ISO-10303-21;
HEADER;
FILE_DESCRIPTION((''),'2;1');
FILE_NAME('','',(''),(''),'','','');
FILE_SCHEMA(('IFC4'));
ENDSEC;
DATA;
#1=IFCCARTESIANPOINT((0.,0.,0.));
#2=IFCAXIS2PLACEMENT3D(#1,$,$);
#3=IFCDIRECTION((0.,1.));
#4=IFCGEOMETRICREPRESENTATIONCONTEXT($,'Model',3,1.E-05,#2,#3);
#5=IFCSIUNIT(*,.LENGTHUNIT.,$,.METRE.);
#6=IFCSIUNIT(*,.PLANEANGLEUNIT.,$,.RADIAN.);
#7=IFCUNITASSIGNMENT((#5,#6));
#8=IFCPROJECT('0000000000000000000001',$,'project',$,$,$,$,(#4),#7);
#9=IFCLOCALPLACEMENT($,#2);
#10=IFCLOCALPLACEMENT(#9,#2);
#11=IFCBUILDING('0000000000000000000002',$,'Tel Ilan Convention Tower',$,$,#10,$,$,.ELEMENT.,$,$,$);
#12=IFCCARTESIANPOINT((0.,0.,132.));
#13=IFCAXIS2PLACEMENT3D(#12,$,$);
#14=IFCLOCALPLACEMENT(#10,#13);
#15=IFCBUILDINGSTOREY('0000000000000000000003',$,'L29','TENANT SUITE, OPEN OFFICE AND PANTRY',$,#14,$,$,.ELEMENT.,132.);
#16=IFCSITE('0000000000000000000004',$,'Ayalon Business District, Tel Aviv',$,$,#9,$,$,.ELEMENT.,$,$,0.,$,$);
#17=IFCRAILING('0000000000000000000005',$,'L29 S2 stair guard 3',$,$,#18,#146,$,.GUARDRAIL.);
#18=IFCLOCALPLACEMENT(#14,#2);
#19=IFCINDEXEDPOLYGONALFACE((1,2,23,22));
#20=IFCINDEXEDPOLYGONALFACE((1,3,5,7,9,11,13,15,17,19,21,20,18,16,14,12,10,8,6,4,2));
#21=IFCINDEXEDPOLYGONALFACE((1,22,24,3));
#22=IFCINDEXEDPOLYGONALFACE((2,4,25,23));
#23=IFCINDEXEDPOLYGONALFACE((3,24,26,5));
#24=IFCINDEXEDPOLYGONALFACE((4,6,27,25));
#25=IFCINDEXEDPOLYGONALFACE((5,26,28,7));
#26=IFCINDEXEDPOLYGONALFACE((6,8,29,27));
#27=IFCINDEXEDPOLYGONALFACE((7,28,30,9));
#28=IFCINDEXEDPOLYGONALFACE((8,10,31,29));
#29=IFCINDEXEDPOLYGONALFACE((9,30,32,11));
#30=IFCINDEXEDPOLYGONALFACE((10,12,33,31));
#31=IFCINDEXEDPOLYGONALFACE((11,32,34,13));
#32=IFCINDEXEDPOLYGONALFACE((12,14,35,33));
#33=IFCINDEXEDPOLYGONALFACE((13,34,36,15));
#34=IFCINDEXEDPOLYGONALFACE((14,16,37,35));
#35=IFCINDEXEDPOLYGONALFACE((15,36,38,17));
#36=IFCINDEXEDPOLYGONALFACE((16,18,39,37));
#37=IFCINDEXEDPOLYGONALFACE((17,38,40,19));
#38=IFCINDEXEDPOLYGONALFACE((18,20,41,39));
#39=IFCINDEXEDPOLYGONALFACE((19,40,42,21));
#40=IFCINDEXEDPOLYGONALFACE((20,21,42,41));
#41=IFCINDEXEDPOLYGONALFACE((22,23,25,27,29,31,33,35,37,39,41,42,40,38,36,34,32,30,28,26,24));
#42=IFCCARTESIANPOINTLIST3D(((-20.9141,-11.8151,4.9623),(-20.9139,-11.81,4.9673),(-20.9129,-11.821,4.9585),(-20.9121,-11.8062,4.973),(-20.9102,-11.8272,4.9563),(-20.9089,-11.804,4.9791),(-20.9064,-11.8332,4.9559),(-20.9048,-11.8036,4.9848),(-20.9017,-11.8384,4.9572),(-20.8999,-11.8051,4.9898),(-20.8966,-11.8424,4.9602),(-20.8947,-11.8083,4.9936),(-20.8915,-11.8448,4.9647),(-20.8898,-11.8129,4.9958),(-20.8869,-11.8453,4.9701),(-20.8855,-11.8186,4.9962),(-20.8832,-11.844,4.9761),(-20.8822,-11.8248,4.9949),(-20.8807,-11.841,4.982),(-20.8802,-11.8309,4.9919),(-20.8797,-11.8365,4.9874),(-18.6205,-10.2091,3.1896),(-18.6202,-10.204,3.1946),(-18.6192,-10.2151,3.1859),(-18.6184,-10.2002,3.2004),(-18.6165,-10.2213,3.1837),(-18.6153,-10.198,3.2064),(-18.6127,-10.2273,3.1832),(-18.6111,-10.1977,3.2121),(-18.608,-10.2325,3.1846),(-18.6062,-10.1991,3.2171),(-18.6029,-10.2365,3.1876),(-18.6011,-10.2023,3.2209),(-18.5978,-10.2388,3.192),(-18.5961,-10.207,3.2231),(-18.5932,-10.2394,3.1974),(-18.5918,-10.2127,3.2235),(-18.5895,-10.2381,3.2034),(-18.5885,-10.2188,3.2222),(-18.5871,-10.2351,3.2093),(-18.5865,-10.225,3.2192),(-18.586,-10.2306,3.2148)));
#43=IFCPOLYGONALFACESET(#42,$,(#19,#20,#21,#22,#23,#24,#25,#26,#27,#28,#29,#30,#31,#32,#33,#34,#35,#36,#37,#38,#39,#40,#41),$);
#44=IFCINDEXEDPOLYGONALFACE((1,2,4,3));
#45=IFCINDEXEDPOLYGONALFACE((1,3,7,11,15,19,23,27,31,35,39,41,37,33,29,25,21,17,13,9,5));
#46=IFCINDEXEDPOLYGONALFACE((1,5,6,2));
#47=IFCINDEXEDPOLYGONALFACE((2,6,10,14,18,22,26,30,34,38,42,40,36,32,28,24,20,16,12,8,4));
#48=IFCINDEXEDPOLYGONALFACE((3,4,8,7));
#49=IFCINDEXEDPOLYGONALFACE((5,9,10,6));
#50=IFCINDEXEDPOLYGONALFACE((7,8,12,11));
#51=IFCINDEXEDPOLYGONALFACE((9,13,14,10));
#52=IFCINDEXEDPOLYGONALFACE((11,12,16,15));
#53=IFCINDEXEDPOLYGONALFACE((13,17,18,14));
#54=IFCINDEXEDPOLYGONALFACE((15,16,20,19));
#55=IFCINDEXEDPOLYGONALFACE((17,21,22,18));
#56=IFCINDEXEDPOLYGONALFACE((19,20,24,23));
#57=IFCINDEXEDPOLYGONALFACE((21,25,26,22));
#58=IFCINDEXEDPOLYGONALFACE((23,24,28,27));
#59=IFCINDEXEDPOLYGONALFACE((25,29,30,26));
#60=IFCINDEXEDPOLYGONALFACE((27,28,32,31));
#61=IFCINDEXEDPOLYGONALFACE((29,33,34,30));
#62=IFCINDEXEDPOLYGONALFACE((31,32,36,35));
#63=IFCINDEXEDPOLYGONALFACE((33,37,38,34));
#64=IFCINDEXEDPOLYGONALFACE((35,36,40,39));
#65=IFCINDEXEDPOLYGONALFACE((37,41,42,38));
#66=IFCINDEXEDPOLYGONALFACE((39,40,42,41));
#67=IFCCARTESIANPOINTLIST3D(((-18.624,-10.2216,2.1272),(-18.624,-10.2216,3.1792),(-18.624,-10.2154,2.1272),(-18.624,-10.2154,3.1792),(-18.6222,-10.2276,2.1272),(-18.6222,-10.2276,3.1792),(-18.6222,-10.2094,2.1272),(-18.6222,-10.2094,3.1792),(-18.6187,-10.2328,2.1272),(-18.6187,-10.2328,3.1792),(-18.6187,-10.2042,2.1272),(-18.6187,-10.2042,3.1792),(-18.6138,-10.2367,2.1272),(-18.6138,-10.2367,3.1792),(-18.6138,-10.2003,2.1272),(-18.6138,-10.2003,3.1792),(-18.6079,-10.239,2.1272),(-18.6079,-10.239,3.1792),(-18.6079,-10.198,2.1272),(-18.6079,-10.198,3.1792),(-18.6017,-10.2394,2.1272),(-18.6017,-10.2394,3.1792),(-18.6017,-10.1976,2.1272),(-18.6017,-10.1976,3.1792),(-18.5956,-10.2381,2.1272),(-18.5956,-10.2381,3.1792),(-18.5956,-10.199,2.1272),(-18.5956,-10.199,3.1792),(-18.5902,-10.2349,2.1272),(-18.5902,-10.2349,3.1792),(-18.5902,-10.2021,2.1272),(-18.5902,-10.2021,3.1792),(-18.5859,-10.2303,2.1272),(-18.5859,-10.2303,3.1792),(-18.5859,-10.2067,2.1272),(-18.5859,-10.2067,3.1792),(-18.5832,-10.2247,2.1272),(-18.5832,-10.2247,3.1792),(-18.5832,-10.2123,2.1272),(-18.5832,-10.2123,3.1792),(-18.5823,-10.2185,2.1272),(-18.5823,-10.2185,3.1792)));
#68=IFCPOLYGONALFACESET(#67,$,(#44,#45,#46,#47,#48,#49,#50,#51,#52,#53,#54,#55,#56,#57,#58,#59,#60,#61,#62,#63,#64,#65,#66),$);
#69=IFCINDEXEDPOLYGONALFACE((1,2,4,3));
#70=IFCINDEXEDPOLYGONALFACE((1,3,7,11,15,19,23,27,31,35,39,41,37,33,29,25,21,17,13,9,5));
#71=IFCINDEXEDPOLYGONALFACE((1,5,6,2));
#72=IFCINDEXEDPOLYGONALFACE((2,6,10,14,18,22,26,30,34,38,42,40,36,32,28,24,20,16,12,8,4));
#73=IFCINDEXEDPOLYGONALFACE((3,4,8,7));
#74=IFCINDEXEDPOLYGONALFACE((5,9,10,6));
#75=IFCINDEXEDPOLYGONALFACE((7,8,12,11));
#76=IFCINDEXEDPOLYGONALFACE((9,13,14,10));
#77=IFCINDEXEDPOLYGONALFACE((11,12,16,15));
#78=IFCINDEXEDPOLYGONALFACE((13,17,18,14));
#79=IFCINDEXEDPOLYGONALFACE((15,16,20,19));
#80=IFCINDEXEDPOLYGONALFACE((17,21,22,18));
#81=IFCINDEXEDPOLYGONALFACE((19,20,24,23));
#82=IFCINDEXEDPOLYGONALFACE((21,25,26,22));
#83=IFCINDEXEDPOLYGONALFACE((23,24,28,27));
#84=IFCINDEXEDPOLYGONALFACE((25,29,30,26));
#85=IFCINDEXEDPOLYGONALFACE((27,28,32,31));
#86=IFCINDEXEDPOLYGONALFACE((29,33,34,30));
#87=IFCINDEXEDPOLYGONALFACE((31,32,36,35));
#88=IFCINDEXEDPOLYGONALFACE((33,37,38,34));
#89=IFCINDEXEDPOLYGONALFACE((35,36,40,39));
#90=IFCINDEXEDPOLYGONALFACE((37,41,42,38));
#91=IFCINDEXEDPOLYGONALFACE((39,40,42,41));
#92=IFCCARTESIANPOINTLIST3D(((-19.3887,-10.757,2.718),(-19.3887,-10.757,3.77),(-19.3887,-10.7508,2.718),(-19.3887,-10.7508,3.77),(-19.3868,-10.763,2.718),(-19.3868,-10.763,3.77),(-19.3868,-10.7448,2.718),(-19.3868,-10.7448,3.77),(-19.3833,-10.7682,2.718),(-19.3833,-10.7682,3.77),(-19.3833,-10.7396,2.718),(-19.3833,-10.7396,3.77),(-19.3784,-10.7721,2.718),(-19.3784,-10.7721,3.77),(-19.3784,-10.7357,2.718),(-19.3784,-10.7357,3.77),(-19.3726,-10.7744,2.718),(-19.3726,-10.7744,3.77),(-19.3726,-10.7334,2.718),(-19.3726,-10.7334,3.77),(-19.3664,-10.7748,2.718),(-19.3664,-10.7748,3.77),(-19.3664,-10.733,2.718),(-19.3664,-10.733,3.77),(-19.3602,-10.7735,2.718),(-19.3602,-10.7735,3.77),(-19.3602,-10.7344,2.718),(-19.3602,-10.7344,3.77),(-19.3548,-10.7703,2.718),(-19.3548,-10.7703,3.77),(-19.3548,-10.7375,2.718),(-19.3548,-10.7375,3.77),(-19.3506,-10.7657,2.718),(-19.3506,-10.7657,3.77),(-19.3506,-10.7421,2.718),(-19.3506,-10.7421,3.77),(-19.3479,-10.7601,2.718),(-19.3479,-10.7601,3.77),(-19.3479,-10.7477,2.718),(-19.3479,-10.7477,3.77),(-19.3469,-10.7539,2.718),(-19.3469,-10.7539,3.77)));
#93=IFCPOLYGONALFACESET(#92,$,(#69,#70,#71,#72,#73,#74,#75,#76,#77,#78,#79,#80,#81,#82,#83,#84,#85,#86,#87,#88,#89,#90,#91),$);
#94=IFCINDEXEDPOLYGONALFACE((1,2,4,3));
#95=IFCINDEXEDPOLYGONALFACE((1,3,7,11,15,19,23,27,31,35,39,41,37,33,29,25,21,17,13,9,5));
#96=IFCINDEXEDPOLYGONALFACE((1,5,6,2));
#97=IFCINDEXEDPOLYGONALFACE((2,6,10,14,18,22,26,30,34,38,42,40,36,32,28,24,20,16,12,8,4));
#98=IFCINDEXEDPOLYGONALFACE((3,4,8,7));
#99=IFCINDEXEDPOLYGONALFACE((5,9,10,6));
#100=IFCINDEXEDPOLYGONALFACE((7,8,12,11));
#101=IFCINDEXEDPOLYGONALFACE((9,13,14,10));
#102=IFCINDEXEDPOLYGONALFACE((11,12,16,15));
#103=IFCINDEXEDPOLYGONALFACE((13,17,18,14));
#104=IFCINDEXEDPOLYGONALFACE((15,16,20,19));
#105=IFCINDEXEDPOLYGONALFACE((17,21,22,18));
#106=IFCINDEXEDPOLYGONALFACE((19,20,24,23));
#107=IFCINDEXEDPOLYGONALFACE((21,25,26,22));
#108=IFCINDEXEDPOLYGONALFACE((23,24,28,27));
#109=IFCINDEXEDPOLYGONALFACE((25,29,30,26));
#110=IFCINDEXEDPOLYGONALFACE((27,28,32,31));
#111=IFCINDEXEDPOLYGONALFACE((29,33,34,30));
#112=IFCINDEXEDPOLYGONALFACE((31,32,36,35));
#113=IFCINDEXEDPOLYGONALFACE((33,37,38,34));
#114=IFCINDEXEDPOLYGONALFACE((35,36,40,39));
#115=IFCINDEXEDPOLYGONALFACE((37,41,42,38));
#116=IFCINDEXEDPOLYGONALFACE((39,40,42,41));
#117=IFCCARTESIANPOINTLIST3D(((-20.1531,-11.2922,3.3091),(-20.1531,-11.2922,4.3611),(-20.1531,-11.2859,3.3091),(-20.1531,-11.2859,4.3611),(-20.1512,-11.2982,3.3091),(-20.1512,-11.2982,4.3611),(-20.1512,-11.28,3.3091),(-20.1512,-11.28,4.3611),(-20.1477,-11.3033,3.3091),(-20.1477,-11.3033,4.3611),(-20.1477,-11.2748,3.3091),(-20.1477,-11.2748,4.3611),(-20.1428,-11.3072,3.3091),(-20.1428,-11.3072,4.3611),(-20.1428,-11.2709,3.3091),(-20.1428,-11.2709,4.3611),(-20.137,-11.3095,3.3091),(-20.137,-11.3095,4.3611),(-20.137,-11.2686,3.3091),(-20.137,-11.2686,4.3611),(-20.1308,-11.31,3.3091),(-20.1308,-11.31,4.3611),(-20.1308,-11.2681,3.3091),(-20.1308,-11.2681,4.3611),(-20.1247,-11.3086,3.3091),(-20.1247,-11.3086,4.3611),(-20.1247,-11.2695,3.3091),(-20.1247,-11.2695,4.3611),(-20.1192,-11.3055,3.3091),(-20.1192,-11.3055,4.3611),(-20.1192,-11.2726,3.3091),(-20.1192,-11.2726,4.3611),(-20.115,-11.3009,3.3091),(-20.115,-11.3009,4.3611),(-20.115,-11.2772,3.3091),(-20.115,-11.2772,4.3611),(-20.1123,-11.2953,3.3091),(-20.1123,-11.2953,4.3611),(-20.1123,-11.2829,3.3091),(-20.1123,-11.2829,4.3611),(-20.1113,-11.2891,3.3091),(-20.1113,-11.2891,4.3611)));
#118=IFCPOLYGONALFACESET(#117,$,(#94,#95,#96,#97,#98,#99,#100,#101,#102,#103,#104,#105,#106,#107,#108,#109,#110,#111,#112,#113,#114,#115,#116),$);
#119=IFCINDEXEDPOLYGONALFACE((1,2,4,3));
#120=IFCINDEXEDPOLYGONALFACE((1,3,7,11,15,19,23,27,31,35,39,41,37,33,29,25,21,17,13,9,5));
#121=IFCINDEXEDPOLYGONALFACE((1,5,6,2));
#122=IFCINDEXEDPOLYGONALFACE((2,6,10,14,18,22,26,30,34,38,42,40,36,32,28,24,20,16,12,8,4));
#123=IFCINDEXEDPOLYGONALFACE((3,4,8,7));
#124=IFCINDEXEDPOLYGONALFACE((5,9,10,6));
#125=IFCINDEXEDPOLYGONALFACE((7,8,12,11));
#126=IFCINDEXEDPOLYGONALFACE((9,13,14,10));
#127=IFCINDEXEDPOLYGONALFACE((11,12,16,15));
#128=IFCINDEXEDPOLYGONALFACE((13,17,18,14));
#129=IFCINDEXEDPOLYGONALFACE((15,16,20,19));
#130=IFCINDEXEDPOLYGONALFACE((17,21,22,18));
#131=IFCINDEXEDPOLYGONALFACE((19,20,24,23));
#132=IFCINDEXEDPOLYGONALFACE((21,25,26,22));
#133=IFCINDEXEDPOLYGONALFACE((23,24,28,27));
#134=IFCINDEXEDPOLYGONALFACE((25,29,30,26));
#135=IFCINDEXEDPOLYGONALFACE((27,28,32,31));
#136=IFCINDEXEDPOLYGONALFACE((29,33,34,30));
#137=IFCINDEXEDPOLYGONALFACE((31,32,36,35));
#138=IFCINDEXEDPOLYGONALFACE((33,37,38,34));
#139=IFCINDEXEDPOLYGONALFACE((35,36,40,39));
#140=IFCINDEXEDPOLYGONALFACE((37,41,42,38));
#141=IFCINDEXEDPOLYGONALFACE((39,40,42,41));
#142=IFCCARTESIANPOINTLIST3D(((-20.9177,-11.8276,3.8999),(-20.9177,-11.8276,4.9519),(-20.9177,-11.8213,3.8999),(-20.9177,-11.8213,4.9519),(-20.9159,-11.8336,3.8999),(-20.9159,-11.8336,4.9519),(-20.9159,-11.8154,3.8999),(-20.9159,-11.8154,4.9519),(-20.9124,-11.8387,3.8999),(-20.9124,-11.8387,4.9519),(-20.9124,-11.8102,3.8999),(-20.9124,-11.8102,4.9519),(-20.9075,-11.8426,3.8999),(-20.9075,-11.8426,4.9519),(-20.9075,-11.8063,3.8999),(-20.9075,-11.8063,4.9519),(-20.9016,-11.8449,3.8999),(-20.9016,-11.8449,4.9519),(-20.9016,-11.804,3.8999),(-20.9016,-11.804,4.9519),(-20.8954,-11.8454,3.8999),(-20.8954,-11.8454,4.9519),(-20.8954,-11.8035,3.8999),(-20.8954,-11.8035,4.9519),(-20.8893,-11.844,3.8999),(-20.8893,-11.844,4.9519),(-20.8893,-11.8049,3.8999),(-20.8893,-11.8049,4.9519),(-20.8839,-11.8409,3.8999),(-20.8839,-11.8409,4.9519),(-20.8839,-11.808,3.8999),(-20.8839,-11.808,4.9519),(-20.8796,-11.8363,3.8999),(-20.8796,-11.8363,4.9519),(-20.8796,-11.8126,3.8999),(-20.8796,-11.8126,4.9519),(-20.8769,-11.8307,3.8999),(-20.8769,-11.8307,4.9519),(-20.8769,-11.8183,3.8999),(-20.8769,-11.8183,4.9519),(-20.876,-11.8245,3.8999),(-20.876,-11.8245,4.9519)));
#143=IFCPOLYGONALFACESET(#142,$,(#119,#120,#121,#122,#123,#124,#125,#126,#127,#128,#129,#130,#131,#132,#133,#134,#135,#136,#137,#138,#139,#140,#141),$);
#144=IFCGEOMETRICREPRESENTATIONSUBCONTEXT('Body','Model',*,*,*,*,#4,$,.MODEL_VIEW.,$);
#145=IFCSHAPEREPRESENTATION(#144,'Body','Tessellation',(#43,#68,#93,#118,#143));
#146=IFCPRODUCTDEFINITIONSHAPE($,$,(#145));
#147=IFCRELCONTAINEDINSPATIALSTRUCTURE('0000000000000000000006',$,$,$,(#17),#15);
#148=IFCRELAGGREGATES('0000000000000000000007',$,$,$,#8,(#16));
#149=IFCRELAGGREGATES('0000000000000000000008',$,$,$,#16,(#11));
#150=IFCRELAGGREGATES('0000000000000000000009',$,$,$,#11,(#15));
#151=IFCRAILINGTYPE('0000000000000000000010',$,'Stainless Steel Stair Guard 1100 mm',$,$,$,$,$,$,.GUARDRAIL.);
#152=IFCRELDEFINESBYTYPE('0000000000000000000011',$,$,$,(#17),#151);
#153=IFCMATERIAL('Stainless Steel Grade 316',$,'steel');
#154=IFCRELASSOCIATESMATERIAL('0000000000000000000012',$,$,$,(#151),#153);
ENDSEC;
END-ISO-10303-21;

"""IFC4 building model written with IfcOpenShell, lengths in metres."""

from ifc_helpers import new_model, si_unit, direction, frame, origin, origin_2d, place, context, subcontext, project, spatial, circle, extrude, material, type_object, element, save


model = new_model("IFC4")

# Units and contexts
model_context = context("Model", 3, precision=1e-05, world=origin(), true_north=direction((0.0, 1.0)))
body_context = subcontext(model_context, "Body", "Model", "MODEL_VIEW")
ifc_project = project(units=[si_unit("LENGTHUNIT", "METRE"), si_unit("PLANEANGLEUNIT", "RADIAN")], contexts=[model_context])

# Site, building, storey
site_placement = place(None, origin())
site = spatial("IfcSite", under=ifc_project, at=site_placement, Name="Ayalon Business District, Tel Aviv", CompositionType="ELEMENT", RefElevation=0.0)
building_placement = place(site_placement, origin())
building = spatial("IfcBuilding", under=site, at=building_placement, Name="Tel Ilan Convention Tower", CompositionType="ELEMENT")
storey_placement = place(building_placement, frame((0.0, 0.0, 132.0)))
storey = spatial("IfcBuildingStorey", under=building, at=storey_placement, Name="L29", Description="TENANT SUITE, OPEN OFFICE AND PANTRY", CompositionType="ELEMENT", Elevation=132.0)

# Railing
ifc_material_1 = material(Name="Stainless Steel Grade 316", Category="steel")
railing_type_1 = type_object("IfcRailingType", Name="Stainless Steel Stair Guard 1100 mm", PredefinedType="GUARDRAIL", material=ifc_material_1)
railing_1_placement = place(storey_placement, frame((-18.6033, -10.2185, 2.1272)))
element("IfcRailing", 1, at=railing_1_placement, inside=storey, type_object=railing_type_1, Name="L29 S2 stair guard 3", PredefinedType="GUARDRAIL", context=body_context, shape_type="SweptSolid", body=[
    extrude(circle(Radius=0.0239, at=origin_2d()), frame((0.0, 0.0, 1.0762), z_axis=(-0.692123, -0.484597, 0.534913), x_axis=(0.57355, -0.81917, 0.0)), (0.0, 0.0, 1.0), 3.314),
    extrude(circle(Radius=0.021, at=origin_2d()), origin(), (0.0, 0.0, 1.0), 1.052),
    extrude(circle(Radius=0.021, at=origin_2d()), frame((-0.7646, -0.5354, 0.5908)), (0.0, 0.0, 1.0), 1.052),
    extrude(circle(Radius=0.021, at=origin_2d()), frame((-1.5291, -1.0706, 1.1819)), (0.0, 0.0, 1.0), 1.052),
    extrude(circle(Radius=0.021, at=origin_2d()), frame((-2.2937, -1.606, 1.7727)), (0.0, 0.0, 1.0), 1.052),
])

save(model, "model.ifc")
